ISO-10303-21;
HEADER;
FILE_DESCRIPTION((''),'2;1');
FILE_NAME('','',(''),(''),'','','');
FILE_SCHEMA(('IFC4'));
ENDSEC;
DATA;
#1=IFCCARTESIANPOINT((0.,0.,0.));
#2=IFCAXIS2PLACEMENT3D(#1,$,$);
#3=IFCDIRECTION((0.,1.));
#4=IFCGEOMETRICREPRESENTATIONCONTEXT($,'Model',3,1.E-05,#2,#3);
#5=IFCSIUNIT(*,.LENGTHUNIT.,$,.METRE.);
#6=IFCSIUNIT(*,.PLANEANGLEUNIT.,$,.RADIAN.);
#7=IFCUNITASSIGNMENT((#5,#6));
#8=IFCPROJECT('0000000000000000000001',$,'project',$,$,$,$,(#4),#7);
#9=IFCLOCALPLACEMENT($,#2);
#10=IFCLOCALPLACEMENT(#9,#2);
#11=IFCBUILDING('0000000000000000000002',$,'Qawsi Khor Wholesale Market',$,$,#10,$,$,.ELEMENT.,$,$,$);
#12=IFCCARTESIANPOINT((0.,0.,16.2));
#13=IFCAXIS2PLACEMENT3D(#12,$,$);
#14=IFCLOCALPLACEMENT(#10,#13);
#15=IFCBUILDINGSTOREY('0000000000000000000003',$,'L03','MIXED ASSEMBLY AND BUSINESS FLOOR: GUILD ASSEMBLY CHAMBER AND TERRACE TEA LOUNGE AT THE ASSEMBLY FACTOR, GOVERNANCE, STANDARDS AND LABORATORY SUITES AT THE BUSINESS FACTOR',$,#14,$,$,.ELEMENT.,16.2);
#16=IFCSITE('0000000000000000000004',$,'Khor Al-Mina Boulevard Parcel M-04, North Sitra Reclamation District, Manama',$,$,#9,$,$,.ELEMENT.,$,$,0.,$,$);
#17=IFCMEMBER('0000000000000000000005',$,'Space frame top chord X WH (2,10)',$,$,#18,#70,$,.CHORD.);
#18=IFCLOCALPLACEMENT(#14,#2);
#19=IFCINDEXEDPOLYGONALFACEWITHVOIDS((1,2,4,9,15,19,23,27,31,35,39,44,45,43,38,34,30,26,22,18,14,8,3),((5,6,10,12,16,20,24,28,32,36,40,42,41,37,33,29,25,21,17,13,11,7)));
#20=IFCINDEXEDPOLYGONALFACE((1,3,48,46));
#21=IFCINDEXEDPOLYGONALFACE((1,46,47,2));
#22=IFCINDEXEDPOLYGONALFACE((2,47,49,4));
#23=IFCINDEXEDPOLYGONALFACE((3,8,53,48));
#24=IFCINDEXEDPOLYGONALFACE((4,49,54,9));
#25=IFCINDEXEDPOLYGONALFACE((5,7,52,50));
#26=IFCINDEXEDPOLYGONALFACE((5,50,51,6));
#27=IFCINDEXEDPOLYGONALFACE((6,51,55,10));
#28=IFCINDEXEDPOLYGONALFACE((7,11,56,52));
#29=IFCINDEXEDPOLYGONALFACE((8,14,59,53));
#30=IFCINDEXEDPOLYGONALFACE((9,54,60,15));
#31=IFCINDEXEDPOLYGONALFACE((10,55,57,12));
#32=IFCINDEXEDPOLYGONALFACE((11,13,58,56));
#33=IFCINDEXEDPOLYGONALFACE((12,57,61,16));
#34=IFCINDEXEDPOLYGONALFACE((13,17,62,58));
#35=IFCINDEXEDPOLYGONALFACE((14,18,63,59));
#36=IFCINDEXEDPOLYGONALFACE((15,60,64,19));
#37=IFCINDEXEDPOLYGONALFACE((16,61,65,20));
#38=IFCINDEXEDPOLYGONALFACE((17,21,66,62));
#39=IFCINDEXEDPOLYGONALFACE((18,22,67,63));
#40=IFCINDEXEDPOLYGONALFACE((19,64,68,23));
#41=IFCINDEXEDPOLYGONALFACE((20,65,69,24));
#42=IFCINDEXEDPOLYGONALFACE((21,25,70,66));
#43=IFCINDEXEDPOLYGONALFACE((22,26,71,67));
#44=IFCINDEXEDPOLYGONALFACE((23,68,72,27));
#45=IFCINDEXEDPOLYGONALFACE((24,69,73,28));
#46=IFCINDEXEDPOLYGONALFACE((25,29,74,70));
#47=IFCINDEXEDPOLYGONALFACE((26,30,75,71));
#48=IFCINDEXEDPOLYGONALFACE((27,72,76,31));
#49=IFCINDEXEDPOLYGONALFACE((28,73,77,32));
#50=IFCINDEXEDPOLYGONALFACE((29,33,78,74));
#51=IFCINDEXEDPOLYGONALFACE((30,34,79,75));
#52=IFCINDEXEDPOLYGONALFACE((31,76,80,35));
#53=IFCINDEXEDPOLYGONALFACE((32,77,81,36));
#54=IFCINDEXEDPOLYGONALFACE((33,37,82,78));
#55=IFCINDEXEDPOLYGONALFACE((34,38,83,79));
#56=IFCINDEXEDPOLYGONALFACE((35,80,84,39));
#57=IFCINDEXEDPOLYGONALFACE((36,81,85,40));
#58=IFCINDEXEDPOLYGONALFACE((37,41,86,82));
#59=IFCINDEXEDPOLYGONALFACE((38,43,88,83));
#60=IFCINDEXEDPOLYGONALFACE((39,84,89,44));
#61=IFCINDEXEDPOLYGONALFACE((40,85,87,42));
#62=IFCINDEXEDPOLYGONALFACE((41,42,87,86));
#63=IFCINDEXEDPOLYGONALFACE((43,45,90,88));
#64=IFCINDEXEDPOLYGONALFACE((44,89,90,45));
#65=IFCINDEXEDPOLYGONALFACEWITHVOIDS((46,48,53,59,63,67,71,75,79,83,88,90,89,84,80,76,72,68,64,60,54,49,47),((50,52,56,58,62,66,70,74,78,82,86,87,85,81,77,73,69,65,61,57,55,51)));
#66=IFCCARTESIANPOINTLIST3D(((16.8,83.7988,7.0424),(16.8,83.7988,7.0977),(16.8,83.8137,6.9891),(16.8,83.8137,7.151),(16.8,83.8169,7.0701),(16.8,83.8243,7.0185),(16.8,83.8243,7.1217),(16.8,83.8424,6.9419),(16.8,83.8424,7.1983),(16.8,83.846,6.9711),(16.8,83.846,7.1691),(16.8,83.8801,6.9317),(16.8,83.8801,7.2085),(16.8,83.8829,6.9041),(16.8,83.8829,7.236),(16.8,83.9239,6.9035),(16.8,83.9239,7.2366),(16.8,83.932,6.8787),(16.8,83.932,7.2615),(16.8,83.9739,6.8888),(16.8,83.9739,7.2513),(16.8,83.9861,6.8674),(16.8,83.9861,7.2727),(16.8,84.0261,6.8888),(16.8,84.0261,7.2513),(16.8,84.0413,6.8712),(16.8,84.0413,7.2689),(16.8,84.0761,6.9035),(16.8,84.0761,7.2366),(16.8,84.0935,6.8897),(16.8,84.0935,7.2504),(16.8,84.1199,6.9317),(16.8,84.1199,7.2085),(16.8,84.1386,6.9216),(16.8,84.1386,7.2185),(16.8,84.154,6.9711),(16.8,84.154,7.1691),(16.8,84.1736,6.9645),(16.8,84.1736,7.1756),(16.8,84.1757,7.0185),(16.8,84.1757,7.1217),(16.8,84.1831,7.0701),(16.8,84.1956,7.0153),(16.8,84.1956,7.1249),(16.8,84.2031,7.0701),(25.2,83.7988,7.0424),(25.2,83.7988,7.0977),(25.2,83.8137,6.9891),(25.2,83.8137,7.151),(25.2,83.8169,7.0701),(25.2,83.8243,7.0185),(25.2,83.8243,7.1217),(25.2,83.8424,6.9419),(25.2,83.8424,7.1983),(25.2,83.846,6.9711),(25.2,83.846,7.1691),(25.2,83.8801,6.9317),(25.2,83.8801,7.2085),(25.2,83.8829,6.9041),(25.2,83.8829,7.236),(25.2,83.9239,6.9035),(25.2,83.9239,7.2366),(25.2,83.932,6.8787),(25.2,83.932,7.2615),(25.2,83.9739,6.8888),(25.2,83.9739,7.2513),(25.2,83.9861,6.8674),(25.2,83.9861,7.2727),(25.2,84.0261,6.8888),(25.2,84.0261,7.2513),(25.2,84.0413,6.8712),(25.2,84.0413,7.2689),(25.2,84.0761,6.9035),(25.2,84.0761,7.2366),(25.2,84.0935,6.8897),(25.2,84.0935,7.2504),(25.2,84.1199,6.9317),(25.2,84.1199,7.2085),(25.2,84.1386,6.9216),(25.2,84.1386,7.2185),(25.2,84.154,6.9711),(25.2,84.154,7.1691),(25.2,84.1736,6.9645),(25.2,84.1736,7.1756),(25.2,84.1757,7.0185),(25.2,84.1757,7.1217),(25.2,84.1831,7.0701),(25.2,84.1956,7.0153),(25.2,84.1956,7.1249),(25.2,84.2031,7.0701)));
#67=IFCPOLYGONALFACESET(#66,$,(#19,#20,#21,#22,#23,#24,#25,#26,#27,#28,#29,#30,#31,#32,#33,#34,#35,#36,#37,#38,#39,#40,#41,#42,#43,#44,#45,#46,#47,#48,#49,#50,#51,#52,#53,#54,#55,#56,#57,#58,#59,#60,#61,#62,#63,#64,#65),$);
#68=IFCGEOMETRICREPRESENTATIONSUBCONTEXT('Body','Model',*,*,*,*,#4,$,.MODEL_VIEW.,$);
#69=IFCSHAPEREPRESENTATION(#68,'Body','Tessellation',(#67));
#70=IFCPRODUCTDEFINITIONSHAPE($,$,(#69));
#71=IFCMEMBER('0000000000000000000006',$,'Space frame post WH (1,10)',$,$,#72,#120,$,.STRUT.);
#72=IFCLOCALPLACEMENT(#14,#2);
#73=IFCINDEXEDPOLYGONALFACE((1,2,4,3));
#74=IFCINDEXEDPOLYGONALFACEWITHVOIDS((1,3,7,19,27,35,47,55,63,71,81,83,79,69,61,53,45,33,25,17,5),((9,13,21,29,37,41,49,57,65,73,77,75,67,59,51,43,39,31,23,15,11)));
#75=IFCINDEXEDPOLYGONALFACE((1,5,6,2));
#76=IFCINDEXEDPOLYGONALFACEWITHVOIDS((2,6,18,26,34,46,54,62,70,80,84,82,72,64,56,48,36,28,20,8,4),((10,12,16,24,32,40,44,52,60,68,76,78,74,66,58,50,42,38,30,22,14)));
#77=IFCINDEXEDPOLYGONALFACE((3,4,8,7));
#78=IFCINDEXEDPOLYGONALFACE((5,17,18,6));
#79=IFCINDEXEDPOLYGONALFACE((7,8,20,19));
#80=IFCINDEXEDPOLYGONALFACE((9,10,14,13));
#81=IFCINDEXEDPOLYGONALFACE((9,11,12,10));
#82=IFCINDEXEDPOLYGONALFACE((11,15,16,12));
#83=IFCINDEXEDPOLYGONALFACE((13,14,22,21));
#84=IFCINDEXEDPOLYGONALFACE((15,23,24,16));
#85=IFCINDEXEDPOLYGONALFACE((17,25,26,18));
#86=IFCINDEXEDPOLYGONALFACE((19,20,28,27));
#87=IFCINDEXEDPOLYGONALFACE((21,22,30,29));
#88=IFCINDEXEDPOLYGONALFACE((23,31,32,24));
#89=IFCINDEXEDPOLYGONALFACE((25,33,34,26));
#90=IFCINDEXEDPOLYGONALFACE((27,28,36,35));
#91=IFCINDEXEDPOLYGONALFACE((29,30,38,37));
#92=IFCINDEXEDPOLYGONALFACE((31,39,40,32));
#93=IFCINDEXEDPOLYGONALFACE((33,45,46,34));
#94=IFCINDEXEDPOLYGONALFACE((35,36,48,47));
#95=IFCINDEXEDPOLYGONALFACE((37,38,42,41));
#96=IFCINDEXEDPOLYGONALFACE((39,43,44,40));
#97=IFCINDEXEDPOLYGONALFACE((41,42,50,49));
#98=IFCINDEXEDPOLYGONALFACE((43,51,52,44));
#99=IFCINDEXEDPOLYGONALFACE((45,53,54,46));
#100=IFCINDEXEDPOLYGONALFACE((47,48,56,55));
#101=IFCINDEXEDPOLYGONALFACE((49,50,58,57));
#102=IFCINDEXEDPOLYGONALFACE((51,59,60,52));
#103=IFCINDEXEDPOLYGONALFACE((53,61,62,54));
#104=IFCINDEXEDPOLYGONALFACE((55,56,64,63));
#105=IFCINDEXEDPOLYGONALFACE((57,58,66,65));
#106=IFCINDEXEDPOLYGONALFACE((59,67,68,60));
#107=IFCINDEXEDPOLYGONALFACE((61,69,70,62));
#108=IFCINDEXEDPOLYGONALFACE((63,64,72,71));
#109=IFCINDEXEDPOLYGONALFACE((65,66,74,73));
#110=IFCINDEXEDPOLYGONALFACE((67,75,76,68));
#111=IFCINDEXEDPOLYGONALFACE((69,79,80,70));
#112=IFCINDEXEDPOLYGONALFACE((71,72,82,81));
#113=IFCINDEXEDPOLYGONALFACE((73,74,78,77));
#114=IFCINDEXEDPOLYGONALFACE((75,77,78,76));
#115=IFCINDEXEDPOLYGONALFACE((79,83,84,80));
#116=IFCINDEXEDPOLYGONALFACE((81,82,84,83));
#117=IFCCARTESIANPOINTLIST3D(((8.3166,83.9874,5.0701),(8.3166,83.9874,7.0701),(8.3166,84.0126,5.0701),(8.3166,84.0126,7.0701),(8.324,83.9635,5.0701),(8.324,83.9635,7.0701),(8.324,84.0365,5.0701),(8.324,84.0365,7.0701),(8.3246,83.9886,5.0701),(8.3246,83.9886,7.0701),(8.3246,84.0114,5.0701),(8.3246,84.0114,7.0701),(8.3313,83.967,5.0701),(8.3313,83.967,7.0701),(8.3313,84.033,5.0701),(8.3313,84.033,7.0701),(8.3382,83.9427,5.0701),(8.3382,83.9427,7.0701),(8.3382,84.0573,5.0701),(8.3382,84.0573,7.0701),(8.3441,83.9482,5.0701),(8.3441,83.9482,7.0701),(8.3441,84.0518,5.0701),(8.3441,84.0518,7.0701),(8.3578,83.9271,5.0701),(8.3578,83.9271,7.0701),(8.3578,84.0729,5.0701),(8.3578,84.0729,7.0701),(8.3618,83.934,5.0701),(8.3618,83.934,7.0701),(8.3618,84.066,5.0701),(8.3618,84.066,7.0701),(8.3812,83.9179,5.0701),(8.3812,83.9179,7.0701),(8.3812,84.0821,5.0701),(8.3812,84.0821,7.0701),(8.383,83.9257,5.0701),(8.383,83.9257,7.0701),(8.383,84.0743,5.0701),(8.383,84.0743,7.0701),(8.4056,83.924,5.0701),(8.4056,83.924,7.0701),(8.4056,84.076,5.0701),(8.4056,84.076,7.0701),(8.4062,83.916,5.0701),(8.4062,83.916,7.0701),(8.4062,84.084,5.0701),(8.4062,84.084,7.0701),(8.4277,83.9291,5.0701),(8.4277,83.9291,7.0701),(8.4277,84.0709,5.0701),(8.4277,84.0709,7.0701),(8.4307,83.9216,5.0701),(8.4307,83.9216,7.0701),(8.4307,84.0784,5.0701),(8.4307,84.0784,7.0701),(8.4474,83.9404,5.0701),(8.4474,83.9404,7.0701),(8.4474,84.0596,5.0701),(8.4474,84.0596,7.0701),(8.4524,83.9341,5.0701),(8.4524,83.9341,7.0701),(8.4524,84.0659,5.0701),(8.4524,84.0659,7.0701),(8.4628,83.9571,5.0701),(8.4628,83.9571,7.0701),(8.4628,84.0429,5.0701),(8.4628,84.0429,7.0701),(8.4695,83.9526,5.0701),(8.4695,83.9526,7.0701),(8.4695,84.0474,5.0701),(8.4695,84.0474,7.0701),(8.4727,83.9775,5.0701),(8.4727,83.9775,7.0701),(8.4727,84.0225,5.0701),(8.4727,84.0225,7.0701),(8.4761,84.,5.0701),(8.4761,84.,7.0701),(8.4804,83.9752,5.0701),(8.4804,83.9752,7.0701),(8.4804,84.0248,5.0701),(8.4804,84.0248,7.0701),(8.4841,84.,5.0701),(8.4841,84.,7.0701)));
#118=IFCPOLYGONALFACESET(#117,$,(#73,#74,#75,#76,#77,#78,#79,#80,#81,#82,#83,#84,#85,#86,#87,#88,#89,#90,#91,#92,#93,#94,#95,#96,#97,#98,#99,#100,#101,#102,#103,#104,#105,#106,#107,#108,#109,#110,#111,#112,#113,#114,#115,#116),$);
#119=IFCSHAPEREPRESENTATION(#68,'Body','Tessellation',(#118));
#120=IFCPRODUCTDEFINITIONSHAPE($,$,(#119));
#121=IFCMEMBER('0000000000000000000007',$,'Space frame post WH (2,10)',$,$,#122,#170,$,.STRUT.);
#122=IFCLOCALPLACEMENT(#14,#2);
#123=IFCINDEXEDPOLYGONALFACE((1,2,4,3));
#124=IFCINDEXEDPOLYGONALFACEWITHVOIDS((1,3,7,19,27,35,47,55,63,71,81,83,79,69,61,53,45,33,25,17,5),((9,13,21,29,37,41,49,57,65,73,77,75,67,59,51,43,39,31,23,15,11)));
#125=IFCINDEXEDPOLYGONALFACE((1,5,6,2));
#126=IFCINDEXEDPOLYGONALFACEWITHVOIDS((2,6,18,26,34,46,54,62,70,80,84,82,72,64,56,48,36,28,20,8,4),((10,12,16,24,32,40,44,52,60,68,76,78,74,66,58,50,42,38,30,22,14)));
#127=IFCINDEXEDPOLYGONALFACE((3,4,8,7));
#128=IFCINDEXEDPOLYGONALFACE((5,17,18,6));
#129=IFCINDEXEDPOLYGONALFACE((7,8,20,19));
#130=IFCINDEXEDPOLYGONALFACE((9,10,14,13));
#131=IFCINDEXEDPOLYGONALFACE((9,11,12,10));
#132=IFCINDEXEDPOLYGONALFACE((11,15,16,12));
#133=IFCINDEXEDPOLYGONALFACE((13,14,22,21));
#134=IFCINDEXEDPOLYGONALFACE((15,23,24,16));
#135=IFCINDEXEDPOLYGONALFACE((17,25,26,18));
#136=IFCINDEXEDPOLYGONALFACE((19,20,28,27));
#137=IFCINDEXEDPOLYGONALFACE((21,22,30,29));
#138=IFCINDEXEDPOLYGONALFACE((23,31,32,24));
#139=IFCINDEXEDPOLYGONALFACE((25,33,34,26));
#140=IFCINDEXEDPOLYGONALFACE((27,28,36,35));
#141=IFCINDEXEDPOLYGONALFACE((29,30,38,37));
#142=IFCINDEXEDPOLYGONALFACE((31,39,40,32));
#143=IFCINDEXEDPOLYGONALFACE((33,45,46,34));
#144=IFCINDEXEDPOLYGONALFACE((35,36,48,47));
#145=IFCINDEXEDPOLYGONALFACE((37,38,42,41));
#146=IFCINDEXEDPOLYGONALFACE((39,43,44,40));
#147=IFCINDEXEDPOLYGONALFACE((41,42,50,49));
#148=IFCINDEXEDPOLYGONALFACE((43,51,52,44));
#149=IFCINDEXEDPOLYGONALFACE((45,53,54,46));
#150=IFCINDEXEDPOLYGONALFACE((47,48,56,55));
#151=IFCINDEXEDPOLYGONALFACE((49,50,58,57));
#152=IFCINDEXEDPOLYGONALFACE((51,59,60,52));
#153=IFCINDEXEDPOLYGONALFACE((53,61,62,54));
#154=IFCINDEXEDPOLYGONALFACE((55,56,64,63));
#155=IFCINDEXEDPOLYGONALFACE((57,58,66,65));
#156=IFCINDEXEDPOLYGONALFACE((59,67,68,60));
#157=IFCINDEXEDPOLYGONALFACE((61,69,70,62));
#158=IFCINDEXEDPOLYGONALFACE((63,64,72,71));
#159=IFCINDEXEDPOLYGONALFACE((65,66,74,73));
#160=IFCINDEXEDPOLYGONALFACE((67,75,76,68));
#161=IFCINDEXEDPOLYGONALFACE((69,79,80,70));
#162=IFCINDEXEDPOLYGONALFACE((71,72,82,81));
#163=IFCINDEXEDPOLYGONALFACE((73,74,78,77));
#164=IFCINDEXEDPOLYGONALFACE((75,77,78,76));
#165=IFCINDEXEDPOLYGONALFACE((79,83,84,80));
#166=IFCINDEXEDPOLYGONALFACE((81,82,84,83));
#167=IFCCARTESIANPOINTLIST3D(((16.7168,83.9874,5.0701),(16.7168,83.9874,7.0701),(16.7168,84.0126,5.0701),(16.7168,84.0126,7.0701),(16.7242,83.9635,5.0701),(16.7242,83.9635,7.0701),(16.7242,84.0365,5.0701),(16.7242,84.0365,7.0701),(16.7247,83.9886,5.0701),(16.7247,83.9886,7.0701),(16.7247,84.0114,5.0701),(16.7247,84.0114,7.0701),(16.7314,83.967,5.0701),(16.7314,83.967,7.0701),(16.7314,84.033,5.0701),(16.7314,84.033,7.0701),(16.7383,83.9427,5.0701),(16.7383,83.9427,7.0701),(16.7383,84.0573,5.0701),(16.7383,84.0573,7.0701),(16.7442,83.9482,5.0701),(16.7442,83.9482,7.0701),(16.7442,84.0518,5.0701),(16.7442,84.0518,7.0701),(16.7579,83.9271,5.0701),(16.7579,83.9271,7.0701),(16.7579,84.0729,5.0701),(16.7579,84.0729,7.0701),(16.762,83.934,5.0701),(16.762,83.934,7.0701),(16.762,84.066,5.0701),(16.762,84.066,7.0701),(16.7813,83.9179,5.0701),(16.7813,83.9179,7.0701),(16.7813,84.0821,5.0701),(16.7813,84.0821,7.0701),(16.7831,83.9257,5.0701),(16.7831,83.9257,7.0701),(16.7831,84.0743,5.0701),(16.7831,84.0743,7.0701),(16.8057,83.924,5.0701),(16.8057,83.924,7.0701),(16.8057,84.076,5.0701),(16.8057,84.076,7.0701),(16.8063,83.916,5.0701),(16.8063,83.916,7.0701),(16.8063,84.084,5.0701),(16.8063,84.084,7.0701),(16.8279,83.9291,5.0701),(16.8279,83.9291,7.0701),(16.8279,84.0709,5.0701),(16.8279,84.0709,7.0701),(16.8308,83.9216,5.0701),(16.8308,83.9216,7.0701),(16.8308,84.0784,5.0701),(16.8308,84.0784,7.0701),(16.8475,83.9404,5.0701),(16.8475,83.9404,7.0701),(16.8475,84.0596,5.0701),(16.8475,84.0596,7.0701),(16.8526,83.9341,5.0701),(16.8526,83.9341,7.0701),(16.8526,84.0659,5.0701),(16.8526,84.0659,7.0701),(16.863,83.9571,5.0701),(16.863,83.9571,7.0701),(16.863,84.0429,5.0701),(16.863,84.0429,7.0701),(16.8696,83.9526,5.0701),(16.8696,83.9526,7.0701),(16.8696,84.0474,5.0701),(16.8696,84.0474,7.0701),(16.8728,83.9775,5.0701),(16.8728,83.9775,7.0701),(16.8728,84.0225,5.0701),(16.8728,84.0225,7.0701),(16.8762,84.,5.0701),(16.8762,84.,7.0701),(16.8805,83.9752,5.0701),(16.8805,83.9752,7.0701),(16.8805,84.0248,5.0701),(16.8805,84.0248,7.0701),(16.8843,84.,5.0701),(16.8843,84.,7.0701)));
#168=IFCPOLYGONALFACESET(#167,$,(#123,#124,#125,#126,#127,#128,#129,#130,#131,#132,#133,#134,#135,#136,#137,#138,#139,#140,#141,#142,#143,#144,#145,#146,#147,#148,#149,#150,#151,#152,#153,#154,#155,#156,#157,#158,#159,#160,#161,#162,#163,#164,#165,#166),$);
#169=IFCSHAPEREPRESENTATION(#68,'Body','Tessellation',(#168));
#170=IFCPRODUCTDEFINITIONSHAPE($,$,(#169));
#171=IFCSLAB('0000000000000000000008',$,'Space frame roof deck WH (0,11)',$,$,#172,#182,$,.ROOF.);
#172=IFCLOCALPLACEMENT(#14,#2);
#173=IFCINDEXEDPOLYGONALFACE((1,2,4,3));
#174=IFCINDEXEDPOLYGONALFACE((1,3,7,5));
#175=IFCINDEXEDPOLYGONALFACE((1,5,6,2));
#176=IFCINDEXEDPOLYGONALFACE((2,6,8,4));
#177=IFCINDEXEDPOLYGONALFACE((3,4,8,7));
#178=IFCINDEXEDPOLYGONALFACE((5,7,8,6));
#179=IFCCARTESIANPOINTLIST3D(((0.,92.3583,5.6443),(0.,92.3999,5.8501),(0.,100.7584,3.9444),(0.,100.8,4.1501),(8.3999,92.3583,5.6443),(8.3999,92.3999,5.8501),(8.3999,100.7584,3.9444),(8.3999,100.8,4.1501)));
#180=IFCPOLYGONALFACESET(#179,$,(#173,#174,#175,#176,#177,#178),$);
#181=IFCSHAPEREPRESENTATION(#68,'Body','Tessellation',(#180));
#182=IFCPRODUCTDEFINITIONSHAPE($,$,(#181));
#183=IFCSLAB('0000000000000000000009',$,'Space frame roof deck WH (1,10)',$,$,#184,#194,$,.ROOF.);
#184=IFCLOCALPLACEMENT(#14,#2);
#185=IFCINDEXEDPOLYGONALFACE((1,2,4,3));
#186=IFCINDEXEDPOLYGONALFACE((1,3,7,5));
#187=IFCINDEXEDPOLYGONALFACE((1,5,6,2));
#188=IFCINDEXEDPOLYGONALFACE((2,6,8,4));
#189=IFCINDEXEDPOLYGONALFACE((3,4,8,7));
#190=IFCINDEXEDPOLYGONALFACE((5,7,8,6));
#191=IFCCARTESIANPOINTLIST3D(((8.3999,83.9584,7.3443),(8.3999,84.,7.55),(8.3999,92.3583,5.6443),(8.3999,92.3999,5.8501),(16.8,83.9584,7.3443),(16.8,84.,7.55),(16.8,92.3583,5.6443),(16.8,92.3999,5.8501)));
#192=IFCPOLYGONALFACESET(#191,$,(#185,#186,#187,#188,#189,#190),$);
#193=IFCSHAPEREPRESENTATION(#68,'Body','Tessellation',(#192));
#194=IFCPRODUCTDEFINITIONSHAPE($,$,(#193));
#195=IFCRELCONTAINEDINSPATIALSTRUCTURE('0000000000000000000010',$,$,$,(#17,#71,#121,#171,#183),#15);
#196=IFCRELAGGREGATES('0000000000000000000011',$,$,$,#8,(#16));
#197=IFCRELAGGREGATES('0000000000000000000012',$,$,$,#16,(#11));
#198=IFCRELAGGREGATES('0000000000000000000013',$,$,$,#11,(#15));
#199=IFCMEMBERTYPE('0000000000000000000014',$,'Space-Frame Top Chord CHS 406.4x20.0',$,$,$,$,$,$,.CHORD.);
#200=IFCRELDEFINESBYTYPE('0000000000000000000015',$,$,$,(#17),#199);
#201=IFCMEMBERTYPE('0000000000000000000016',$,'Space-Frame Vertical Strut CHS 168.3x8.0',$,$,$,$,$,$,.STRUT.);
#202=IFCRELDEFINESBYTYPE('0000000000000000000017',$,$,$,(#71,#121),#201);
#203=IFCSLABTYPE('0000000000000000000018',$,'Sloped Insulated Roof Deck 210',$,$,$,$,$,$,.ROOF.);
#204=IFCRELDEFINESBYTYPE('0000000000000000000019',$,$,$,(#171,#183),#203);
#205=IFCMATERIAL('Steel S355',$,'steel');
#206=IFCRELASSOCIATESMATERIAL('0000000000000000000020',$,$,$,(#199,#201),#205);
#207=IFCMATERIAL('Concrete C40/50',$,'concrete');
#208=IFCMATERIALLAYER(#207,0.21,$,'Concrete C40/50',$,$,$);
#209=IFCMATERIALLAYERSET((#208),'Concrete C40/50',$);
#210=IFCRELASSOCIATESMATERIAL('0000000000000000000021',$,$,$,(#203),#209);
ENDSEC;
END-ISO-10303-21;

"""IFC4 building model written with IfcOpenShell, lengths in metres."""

from ifc_helpers import new_model, si_unit, direction, frame, origin, origin_2d, place, context, subcontext, project, spatial, polyline, hollow_circle, outline, extrude, material, layer, layer_set, material_profile, profile_set, type_object, element, save


model = new_model("IFC4")

# Units and contexts
model_context = context("Model", 3, precision=1e-05, world=origin(), true_north=direction((0.0, 1.0)))
body_context = subcontext(model_context, "Body", "Model", "MODEL_VIEW")
ifc_project = project(units=[si_unit("LENGTHUNIT", "METRE"), si_unit("PLANEANGLEUNIT", "RADIAN")], contexts=[model_context])

# Site, building, storey
site_placement = place(None, origin())
site = spatial("IfcSite", under=ifc_project, at=site_placement, Name="Khor Al-Mina Boulevard Parcel M-04, North Sitra Reclamation District, Manama", CompositionType="ELEMENT", RefElevation=0.0)
building_placement = place(site_placement, origin())
building = spatial("IfcBuilding", under=site, at=building_placement, Name="Qawsi Khor Wholesale Market", CompositionType="ELEMENT")
storey_placement = place(building_placement, frame((0.0, 0.0, 16.2)))
storey = spatial("IfcBuildingStorey", under=building, at=storey_placement, Name="L03", Description="MIXED ASSEMBLY AND BUSINESS FLOOR: GUILD ASSEMBLY CHAMBER AND TERRACE TEA LOUNGE AT THE ASSEMBLY FACTOR, GOVERNANCE, STANDARDS AND LABORATORY SUITES AT THE BUSINESS FACTOR", CompositionType="ELEMENT", Elevation=16.2)

# Shared definitions
ifc_material_1 = material(Name="Concrete C40/50", Category="concrete")

# Members
ifc_material_2 = material(Name="Steel S355", Category="steel")
ifc_material_profile_1 = material_profile(ifc_material_2, hollow_circle(Radius=0.2031, WallThickness=0.02, at=origin_2d()), Name="CHS 406.4x20.0")
ifc_profile_set_1 = profile_set([ifc_material_profile_1], Name="Steel S355")
member_type_1 = type_object("IfcMemberType", Name="Space-Frame Top Chord CHS 406.4x20.0", PredefinedType="CHORD", material=ifc_profile_set_1)
member_1_placement = place(storey_placement, frame((16.8, 84.0, 7.0701), z_axis=(1.0, 0.0, 0.0), x_axis=(0.0, 1.0, 0.0)))
element("IfcMember", 1, at=member_1_placement, inside=storey, type_object=member_type_1, Name="Space frame top chord X WH (2,10)", PredefinedType="CHORD", context=body_context, shape_type="SweptSolid", body=[
    extrude(hollow_circle(Radius=0.2031, WallThickness=0.02, at=origin_2d()), origin(), (0.0, 0.0, 1.0), 8.3999),
])
ifc_material_profile_2 = material_profile(ifc_material_2, hollow_circle(Radius=0.0842, WallThickness=0.0081, at=origin_2d()), Name="CHS 168.3x8.0")
ifc_profile_set_2 = profile_set([ifc_material_profile_2], Name="Steel S355")
member_type_2 = type_object("IfcMemberType", Name="Space-Frame Vertical Strut CHS 168.3x8.0", PredefinedType="STRUT", material=ifc_profile_set_2)
for number, where, z_axis, x_axis, name in (
    (2, (8.3999, 84.0, 5.0701), (0.0, 0.0, 1.0), (1.0, 0.0, 0.0), "Space frame post WH (1,10)"),
    (3, (16.8, 84.0, 5.0701), (0.0, 0.0, 1.0), (1.0, 0.0, 0.0), "Space frame post WH (2,10)"),
):
    element("IfcMember", number, at=place(storey_placement, frame(where, z_axis=z_axis, x_axis=x_axis)), inside=storey, type_object=member_type_2, Name=name, PredefinedType="STRUT", context=body_context, shape_type="SweptSolid", body=[
        extrude(hollow_circle(Radius=0.0842, WallThickness=0.0081, at=origin_2d()), origin(), (0.0, 0.0, 1.0), 2.0),
    ])

# Slabs
ifc_layer_1 = layer(ifc_material_1, 0.21, Name="Concrete C40/50")
ifc_layer_set_1 = layer_set([ifc_layer_1], Name="Concrete C40/50")
slab_type = type_object("IfcSlabType", Name="Sloped Insulated Roof Deck 210", PredefinedType="ROOF", material=ifc_layer_set_1)
slab_1_placement = place(storey_placement, frame((0.0, 92.3999, 5.8501), z_axis=(0.0, 0.198351, 0.980131), x_axis=(1.0, 0.0, 0.0)))
element("IfcSlab", 4, at=slab_1_placement, inside=storey, type_object=slab_type, Name="Space frame roof deck WH (0,11)", PredefinedType="ROOF", context=body_context, shape_type="SweptSolid", body=[
    extrude(outline(polyline([(0.0, 0.0), (8.3999, 0.0), (8.3999, 8.5704), (0.0, 8.5704), (0.0, 0.0)])), origin(), (0.0, 0.0, -1.0), 0.21),
])
slab_2_placement = place(storey_placement, frame((8.3999, 84.0, 7.55), z_axis=(0.0, 0.198356, 0.98013), x_axis=(1.0, 0.0, 0.0)))
element("IfcSlab", 5, at=slab_2_placement, inside=storey, type_object=slab_type, Name="Space frame roof deck WH (1,10)", PredefinedType="ROOF", context=body_context, shape_type="SweptSolid", body=[
    extrude(outline(polyline([(0.0, 0.0), (8.4001, 0.0), (8.4001, 8.5702), (0.0, 8.5702), (0.0, 0.0)])), origin(), (0.0, 0.0, -1.0), 0.21),
])

save(model, "model.ifc")
